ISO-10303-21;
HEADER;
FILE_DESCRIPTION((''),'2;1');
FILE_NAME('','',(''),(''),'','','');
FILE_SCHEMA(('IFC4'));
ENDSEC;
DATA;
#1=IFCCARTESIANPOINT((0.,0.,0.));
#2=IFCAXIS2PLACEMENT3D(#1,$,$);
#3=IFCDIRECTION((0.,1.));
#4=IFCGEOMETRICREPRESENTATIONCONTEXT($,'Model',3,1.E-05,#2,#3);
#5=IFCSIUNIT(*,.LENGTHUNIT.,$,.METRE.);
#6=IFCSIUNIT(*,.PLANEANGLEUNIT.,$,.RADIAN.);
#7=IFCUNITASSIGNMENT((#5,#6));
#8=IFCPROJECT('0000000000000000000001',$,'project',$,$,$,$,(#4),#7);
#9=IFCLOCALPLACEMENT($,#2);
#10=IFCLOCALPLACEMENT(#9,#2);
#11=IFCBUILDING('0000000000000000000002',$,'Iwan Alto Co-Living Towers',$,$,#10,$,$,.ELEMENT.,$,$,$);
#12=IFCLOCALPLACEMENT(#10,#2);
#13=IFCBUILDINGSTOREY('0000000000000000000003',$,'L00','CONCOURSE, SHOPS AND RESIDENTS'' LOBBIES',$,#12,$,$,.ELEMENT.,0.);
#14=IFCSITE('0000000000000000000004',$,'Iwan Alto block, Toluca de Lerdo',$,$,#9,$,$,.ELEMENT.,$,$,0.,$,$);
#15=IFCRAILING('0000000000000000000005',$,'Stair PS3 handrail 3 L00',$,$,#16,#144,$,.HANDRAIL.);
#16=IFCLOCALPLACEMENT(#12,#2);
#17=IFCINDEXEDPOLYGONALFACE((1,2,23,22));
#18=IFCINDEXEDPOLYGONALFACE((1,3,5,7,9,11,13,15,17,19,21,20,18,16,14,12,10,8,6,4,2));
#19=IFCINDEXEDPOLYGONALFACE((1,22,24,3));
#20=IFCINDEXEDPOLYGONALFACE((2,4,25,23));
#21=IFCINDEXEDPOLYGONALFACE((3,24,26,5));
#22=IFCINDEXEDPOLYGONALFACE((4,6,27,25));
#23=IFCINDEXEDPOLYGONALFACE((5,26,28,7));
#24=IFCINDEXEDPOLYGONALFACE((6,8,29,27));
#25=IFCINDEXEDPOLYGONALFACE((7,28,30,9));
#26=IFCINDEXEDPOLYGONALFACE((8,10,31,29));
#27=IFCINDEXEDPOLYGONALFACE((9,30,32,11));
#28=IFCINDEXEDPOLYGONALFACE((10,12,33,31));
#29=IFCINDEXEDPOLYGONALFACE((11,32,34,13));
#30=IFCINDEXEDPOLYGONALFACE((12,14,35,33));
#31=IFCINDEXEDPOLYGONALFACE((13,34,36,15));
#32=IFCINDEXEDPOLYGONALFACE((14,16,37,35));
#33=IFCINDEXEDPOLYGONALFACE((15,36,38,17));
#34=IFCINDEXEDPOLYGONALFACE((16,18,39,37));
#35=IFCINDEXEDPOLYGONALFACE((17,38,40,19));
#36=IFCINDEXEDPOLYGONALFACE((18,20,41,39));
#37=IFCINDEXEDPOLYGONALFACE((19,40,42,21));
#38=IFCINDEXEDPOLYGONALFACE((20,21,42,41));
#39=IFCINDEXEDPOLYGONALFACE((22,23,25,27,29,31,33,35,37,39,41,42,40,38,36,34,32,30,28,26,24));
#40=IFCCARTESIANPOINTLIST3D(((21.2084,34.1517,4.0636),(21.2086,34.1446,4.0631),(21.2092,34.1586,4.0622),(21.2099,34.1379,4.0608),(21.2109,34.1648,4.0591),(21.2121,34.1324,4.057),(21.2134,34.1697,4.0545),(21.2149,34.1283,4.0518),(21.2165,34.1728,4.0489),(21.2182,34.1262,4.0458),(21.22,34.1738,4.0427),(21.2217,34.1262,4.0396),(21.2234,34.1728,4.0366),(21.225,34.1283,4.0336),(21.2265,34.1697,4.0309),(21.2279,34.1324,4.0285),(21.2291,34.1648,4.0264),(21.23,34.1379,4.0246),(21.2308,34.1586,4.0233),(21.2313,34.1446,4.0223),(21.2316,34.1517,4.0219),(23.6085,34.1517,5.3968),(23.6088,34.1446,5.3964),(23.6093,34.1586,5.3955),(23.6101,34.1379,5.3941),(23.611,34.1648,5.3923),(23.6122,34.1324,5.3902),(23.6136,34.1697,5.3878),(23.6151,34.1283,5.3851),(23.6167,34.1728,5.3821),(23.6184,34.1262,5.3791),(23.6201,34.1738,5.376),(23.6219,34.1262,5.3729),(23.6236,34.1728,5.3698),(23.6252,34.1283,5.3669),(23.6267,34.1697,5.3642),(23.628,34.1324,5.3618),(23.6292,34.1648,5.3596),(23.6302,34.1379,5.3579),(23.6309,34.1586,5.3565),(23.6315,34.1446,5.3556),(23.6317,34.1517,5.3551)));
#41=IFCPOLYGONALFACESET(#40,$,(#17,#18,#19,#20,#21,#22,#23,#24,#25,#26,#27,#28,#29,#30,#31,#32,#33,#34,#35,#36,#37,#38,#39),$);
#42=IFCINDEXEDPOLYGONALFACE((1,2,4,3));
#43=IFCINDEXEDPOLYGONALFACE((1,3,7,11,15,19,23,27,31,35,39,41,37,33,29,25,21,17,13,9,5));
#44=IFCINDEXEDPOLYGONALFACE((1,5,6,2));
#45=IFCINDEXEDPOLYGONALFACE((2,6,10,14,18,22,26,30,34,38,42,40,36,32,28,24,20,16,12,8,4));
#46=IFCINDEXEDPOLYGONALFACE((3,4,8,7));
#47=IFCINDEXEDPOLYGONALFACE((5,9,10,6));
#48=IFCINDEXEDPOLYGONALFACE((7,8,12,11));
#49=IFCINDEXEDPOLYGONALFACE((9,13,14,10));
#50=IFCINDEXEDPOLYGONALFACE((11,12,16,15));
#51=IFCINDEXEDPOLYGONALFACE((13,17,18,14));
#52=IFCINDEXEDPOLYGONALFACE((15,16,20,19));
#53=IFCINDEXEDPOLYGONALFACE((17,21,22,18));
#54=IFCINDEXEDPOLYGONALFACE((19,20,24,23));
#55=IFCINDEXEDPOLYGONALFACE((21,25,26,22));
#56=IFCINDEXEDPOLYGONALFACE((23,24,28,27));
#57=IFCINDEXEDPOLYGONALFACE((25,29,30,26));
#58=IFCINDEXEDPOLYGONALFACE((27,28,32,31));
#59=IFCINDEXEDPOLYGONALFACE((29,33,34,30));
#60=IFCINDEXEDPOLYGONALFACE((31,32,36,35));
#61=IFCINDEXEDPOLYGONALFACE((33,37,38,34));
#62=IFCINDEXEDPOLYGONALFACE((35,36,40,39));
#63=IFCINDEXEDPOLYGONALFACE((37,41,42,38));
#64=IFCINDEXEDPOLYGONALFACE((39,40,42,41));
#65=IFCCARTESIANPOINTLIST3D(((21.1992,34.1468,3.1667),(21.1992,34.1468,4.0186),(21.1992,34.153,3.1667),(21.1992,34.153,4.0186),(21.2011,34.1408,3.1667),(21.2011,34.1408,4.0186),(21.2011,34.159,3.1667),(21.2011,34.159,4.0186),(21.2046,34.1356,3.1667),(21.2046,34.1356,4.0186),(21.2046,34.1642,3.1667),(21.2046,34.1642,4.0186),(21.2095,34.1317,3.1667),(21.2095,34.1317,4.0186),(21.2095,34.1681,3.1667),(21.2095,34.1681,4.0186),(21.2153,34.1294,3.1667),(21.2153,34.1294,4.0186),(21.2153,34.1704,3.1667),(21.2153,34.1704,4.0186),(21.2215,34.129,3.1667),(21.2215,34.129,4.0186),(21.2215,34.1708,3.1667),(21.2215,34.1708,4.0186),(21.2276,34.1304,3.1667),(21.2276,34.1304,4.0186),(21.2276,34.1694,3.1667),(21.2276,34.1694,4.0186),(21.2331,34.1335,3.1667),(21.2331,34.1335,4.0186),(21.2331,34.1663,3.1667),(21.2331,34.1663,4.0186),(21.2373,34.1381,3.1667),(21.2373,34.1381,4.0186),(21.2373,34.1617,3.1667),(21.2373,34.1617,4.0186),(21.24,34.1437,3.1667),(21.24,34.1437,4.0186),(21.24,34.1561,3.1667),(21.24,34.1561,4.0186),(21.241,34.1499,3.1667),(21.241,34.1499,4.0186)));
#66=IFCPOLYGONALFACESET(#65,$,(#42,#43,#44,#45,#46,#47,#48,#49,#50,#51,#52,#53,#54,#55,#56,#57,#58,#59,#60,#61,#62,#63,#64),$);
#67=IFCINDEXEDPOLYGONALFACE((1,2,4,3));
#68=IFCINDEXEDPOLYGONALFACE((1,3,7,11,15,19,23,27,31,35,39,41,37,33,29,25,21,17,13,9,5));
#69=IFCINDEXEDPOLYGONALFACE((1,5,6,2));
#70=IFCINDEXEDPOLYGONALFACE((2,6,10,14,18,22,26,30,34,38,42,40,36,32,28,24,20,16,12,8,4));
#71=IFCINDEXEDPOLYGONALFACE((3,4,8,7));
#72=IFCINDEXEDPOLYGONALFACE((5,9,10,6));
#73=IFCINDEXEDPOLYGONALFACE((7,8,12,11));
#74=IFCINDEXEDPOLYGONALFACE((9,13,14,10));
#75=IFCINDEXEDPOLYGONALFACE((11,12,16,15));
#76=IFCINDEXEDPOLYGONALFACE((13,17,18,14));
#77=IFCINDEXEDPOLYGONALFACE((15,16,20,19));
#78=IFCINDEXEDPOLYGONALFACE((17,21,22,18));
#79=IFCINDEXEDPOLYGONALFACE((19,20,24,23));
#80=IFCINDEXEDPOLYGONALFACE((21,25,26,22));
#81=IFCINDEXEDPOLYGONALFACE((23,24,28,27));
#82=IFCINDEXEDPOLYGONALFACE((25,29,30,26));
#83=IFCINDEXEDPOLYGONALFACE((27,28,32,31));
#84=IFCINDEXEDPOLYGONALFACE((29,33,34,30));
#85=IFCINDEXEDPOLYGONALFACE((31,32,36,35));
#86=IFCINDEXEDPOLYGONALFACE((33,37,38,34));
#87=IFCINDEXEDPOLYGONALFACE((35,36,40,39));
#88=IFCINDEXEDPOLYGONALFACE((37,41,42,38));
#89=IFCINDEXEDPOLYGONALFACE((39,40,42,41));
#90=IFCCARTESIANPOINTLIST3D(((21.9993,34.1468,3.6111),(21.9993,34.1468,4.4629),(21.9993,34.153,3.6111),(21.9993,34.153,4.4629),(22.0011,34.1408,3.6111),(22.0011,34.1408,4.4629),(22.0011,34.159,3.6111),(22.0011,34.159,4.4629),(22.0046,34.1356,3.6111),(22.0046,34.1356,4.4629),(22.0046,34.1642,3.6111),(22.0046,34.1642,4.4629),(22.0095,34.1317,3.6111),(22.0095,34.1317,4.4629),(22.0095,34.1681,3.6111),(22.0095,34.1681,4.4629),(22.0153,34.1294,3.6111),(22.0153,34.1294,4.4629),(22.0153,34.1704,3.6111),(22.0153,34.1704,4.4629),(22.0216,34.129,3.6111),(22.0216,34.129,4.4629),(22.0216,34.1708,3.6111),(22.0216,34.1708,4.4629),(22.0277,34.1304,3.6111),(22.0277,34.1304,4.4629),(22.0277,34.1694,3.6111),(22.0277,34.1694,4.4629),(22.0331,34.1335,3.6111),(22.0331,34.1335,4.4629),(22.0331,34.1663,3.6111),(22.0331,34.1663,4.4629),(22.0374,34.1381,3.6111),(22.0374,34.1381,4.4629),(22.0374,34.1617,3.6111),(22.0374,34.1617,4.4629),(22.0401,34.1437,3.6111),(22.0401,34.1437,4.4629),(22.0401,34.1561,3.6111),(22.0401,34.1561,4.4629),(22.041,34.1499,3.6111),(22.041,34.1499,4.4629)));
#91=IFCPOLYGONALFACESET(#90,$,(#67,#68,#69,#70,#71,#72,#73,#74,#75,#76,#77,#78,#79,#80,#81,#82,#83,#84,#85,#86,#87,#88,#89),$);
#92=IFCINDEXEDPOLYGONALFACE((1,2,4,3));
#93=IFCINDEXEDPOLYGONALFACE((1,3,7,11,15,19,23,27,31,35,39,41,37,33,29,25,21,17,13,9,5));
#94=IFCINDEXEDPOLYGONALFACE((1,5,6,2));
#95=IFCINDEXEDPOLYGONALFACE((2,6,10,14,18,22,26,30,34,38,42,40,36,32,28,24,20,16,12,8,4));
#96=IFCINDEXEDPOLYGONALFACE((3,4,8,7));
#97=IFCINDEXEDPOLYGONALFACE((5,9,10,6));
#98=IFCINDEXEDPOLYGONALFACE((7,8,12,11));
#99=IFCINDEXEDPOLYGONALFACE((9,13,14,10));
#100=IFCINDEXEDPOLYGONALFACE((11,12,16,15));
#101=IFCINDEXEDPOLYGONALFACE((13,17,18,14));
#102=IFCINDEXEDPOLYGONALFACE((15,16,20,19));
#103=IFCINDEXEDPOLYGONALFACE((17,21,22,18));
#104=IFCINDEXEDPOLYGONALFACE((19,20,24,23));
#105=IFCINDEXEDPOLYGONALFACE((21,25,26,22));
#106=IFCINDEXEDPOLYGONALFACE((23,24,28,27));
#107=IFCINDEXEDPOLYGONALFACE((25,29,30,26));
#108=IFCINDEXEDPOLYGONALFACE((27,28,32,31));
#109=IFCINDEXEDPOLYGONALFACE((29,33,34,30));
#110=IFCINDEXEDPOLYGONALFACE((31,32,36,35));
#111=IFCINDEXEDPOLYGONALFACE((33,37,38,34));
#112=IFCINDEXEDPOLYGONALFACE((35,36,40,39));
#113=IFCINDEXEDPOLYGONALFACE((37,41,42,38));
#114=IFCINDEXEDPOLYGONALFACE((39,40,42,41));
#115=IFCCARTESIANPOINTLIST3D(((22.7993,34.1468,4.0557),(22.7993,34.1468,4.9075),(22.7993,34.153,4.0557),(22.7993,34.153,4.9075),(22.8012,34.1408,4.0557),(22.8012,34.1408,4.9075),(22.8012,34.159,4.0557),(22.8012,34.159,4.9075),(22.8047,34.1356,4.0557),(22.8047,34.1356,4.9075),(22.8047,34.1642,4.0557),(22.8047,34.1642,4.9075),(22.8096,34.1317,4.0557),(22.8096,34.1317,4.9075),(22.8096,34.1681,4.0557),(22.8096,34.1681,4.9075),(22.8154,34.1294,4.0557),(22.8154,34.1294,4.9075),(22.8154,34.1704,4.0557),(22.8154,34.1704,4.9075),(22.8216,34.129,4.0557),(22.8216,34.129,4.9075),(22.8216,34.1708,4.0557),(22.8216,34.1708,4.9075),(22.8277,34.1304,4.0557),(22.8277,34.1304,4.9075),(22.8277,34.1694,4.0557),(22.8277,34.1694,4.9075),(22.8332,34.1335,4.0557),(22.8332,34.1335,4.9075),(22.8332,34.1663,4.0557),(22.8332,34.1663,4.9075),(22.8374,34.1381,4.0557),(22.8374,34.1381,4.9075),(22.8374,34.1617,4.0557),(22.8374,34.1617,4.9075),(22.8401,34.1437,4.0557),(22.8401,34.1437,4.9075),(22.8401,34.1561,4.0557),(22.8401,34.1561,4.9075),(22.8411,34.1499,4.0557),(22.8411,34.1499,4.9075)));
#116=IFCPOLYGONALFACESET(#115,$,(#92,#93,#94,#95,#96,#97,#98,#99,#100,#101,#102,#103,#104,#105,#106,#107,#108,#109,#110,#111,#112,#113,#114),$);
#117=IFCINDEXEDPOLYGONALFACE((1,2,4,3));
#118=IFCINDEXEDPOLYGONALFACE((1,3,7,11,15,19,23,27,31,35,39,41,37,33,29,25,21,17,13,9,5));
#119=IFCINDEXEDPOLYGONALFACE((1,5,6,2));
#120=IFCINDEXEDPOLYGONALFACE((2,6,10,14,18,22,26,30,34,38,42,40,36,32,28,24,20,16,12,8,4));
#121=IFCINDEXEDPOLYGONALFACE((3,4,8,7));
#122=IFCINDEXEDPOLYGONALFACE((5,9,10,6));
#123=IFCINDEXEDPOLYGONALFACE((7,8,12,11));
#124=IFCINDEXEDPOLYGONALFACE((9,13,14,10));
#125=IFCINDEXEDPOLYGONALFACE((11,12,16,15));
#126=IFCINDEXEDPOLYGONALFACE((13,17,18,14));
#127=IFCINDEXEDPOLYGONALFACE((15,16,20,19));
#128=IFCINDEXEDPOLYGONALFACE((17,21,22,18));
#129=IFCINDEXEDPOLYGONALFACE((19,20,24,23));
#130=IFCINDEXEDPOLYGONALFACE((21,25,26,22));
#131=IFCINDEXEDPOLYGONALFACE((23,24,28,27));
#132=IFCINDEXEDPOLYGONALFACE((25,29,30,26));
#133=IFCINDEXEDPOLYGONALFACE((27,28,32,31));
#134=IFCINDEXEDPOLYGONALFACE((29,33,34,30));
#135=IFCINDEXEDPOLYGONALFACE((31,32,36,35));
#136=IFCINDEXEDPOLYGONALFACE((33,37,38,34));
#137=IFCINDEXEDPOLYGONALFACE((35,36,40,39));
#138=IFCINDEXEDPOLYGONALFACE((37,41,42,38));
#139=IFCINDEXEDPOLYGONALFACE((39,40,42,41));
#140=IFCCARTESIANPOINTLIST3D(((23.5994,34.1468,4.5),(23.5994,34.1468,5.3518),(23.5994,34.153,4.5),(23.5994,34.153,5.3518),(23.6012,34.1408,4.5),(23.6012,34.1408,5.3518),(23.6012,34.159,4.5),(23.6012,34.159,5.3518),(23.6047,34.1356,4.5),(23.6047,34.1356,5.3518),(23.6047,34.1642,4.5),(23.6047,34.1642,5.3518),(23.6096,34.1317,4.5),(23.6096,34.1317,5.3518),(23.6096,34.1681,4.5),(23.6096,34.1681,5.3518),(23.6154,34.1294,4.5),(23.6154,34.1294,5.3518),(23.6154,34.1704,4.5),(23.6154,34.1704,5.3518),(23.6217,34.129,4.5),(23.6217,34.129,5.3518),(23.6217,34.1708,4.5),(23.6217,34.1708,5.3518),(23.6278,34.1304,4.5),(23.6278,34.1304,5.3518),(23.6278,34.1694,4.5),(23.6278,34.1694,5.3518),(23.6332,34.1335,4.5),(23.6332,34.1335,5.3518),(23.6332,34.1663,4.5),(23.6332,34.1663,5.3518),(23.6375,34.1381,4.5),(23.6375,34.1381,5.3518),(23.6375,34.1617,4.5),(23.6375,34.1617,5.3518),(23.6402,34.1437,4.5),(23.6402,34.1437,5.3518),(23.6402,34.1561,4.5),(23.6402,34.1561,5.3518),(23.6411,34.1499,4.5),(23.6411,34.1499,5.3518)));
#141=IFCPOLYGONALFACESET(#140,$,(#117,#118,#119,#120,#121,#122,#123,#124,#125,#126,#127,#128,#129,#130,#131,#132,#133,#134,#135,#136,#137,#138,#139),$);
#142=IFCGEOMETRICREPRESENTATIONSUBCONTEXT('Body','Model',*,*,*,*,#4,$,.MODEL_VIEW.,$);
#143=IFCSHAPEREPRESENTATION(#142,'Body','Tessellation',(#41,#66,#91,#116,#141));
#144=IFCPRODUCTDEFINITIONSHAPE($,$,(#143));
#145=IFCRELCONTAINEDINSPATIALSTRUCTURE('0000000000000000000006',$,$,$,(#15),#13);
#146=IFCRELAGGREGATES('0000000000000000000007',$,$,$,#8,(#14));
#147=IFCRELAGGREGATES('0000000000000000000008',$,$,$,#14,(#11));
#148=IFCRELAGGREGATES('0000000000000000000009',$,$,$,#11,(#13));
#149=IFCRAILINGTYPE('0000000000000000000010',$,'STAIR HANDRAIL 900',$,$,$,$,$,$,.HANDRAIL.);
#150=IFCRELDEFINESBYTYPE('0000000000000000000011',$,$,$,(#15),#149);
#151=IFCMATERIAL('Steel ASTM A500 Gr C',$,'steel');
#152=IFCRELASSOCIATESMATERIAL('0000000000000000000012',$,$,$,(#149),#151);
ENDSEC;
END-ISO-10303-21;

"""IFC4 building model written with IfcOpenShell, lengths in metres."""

from ifc_helpers import new_model, si_unit, direction, frame, origin, origin_2d, place, context, subcontext, project, spatial, circle, extrude, material, type_object, element, save


model = new_model("IFC4")

# Units and contexts
model_context = context("Model", 3, precision=1e-05, world=origin(), true_north=direction((0.0, 1.0)))
body_context = subcontext(model_context, "Body", "Model", "MODEL_VIEW")
ifc_project = project(units=[si_unit("LENGTHUNIT", "METRE"), si_unit("PLANEANGLEUNIT", "RADIAN")], contexts=[model_context])

# Site, building, storey
site_placement = place(None, origin())
site = spatial("IfcSite", under=ifc_project, at=site_placement, Name="Iwan Alto block, Toluca de Lerdo", CompositionType="ELEMENT", RefElevation=0.0)
building_placement = place(site_placement, origin())
building = spatial("IfcBuilding", under=site, at=building_placement, Name="Iwan Alto Co-Living Towers", CompositionType="ELEMENT")
storey_placement = place(building_placement, origin())
storey = spatial("IfcBuildingStorey", under=building, at=storey_placement, Name="L00", Description="CONCOURSE, SHOPS AND RESIDENTS' LOBBIES", CompositionType="ELEMENT", Elevation=0.0)

# Railing
ifc_material_1 = material(Name="Steel ASTM A500 Gr C", Category="steel")
railing_type_1 = type_object("IfcRailingType", Name="STAIR HANDRAIL 900", PredefinedType="HANDRAIL", material=ifc_material_1)
railing_1_placement = place(storey_placement, frame((21.22, 34.1499, 3.1667)))
element("IfcRailing", 1, at=railing_1_placement, inside=storey, type_object=railing_type_1, Name="Stair PS3 handrail 3 L00", PredefinedType="HANDRAIL", context=body_context, shape_type="SweptSolid", body=[
    extrude(circle(Radius=0.0239, at=origin_2d()), frame((0.0, 0.0, 0.876), z_axis=(0.874182, 0.0, 0.485598), x_axis=(0.0, 1.0, 0.0)), (0.0, 0.0, 1.0), 2.7456),
    extrude(circle(Radius=0.021, at=origin_2d()), origin(), (0.0, 0.0, 1.0), 0.8518),
    extrude(circle(Radius=0.021, at=origin_2d()), frame((0.8, 0.0, 0.4443)), (0.0, 0.0, 1.0), 0.8518),
    extrude(circle(Radius=0.021, at=origin_2d()), frame((1.6001, 0.0, 0.8889)), (0.0, 0.0, 1.0), 0.8518),
    extrude(circle(Radius=0.021, at=origin_2d()), frame((2.4001, 0.0, 1.3333)), (0.0, 0.0, 1.0), 0.8518),
])

save(model, "model.ifc")
